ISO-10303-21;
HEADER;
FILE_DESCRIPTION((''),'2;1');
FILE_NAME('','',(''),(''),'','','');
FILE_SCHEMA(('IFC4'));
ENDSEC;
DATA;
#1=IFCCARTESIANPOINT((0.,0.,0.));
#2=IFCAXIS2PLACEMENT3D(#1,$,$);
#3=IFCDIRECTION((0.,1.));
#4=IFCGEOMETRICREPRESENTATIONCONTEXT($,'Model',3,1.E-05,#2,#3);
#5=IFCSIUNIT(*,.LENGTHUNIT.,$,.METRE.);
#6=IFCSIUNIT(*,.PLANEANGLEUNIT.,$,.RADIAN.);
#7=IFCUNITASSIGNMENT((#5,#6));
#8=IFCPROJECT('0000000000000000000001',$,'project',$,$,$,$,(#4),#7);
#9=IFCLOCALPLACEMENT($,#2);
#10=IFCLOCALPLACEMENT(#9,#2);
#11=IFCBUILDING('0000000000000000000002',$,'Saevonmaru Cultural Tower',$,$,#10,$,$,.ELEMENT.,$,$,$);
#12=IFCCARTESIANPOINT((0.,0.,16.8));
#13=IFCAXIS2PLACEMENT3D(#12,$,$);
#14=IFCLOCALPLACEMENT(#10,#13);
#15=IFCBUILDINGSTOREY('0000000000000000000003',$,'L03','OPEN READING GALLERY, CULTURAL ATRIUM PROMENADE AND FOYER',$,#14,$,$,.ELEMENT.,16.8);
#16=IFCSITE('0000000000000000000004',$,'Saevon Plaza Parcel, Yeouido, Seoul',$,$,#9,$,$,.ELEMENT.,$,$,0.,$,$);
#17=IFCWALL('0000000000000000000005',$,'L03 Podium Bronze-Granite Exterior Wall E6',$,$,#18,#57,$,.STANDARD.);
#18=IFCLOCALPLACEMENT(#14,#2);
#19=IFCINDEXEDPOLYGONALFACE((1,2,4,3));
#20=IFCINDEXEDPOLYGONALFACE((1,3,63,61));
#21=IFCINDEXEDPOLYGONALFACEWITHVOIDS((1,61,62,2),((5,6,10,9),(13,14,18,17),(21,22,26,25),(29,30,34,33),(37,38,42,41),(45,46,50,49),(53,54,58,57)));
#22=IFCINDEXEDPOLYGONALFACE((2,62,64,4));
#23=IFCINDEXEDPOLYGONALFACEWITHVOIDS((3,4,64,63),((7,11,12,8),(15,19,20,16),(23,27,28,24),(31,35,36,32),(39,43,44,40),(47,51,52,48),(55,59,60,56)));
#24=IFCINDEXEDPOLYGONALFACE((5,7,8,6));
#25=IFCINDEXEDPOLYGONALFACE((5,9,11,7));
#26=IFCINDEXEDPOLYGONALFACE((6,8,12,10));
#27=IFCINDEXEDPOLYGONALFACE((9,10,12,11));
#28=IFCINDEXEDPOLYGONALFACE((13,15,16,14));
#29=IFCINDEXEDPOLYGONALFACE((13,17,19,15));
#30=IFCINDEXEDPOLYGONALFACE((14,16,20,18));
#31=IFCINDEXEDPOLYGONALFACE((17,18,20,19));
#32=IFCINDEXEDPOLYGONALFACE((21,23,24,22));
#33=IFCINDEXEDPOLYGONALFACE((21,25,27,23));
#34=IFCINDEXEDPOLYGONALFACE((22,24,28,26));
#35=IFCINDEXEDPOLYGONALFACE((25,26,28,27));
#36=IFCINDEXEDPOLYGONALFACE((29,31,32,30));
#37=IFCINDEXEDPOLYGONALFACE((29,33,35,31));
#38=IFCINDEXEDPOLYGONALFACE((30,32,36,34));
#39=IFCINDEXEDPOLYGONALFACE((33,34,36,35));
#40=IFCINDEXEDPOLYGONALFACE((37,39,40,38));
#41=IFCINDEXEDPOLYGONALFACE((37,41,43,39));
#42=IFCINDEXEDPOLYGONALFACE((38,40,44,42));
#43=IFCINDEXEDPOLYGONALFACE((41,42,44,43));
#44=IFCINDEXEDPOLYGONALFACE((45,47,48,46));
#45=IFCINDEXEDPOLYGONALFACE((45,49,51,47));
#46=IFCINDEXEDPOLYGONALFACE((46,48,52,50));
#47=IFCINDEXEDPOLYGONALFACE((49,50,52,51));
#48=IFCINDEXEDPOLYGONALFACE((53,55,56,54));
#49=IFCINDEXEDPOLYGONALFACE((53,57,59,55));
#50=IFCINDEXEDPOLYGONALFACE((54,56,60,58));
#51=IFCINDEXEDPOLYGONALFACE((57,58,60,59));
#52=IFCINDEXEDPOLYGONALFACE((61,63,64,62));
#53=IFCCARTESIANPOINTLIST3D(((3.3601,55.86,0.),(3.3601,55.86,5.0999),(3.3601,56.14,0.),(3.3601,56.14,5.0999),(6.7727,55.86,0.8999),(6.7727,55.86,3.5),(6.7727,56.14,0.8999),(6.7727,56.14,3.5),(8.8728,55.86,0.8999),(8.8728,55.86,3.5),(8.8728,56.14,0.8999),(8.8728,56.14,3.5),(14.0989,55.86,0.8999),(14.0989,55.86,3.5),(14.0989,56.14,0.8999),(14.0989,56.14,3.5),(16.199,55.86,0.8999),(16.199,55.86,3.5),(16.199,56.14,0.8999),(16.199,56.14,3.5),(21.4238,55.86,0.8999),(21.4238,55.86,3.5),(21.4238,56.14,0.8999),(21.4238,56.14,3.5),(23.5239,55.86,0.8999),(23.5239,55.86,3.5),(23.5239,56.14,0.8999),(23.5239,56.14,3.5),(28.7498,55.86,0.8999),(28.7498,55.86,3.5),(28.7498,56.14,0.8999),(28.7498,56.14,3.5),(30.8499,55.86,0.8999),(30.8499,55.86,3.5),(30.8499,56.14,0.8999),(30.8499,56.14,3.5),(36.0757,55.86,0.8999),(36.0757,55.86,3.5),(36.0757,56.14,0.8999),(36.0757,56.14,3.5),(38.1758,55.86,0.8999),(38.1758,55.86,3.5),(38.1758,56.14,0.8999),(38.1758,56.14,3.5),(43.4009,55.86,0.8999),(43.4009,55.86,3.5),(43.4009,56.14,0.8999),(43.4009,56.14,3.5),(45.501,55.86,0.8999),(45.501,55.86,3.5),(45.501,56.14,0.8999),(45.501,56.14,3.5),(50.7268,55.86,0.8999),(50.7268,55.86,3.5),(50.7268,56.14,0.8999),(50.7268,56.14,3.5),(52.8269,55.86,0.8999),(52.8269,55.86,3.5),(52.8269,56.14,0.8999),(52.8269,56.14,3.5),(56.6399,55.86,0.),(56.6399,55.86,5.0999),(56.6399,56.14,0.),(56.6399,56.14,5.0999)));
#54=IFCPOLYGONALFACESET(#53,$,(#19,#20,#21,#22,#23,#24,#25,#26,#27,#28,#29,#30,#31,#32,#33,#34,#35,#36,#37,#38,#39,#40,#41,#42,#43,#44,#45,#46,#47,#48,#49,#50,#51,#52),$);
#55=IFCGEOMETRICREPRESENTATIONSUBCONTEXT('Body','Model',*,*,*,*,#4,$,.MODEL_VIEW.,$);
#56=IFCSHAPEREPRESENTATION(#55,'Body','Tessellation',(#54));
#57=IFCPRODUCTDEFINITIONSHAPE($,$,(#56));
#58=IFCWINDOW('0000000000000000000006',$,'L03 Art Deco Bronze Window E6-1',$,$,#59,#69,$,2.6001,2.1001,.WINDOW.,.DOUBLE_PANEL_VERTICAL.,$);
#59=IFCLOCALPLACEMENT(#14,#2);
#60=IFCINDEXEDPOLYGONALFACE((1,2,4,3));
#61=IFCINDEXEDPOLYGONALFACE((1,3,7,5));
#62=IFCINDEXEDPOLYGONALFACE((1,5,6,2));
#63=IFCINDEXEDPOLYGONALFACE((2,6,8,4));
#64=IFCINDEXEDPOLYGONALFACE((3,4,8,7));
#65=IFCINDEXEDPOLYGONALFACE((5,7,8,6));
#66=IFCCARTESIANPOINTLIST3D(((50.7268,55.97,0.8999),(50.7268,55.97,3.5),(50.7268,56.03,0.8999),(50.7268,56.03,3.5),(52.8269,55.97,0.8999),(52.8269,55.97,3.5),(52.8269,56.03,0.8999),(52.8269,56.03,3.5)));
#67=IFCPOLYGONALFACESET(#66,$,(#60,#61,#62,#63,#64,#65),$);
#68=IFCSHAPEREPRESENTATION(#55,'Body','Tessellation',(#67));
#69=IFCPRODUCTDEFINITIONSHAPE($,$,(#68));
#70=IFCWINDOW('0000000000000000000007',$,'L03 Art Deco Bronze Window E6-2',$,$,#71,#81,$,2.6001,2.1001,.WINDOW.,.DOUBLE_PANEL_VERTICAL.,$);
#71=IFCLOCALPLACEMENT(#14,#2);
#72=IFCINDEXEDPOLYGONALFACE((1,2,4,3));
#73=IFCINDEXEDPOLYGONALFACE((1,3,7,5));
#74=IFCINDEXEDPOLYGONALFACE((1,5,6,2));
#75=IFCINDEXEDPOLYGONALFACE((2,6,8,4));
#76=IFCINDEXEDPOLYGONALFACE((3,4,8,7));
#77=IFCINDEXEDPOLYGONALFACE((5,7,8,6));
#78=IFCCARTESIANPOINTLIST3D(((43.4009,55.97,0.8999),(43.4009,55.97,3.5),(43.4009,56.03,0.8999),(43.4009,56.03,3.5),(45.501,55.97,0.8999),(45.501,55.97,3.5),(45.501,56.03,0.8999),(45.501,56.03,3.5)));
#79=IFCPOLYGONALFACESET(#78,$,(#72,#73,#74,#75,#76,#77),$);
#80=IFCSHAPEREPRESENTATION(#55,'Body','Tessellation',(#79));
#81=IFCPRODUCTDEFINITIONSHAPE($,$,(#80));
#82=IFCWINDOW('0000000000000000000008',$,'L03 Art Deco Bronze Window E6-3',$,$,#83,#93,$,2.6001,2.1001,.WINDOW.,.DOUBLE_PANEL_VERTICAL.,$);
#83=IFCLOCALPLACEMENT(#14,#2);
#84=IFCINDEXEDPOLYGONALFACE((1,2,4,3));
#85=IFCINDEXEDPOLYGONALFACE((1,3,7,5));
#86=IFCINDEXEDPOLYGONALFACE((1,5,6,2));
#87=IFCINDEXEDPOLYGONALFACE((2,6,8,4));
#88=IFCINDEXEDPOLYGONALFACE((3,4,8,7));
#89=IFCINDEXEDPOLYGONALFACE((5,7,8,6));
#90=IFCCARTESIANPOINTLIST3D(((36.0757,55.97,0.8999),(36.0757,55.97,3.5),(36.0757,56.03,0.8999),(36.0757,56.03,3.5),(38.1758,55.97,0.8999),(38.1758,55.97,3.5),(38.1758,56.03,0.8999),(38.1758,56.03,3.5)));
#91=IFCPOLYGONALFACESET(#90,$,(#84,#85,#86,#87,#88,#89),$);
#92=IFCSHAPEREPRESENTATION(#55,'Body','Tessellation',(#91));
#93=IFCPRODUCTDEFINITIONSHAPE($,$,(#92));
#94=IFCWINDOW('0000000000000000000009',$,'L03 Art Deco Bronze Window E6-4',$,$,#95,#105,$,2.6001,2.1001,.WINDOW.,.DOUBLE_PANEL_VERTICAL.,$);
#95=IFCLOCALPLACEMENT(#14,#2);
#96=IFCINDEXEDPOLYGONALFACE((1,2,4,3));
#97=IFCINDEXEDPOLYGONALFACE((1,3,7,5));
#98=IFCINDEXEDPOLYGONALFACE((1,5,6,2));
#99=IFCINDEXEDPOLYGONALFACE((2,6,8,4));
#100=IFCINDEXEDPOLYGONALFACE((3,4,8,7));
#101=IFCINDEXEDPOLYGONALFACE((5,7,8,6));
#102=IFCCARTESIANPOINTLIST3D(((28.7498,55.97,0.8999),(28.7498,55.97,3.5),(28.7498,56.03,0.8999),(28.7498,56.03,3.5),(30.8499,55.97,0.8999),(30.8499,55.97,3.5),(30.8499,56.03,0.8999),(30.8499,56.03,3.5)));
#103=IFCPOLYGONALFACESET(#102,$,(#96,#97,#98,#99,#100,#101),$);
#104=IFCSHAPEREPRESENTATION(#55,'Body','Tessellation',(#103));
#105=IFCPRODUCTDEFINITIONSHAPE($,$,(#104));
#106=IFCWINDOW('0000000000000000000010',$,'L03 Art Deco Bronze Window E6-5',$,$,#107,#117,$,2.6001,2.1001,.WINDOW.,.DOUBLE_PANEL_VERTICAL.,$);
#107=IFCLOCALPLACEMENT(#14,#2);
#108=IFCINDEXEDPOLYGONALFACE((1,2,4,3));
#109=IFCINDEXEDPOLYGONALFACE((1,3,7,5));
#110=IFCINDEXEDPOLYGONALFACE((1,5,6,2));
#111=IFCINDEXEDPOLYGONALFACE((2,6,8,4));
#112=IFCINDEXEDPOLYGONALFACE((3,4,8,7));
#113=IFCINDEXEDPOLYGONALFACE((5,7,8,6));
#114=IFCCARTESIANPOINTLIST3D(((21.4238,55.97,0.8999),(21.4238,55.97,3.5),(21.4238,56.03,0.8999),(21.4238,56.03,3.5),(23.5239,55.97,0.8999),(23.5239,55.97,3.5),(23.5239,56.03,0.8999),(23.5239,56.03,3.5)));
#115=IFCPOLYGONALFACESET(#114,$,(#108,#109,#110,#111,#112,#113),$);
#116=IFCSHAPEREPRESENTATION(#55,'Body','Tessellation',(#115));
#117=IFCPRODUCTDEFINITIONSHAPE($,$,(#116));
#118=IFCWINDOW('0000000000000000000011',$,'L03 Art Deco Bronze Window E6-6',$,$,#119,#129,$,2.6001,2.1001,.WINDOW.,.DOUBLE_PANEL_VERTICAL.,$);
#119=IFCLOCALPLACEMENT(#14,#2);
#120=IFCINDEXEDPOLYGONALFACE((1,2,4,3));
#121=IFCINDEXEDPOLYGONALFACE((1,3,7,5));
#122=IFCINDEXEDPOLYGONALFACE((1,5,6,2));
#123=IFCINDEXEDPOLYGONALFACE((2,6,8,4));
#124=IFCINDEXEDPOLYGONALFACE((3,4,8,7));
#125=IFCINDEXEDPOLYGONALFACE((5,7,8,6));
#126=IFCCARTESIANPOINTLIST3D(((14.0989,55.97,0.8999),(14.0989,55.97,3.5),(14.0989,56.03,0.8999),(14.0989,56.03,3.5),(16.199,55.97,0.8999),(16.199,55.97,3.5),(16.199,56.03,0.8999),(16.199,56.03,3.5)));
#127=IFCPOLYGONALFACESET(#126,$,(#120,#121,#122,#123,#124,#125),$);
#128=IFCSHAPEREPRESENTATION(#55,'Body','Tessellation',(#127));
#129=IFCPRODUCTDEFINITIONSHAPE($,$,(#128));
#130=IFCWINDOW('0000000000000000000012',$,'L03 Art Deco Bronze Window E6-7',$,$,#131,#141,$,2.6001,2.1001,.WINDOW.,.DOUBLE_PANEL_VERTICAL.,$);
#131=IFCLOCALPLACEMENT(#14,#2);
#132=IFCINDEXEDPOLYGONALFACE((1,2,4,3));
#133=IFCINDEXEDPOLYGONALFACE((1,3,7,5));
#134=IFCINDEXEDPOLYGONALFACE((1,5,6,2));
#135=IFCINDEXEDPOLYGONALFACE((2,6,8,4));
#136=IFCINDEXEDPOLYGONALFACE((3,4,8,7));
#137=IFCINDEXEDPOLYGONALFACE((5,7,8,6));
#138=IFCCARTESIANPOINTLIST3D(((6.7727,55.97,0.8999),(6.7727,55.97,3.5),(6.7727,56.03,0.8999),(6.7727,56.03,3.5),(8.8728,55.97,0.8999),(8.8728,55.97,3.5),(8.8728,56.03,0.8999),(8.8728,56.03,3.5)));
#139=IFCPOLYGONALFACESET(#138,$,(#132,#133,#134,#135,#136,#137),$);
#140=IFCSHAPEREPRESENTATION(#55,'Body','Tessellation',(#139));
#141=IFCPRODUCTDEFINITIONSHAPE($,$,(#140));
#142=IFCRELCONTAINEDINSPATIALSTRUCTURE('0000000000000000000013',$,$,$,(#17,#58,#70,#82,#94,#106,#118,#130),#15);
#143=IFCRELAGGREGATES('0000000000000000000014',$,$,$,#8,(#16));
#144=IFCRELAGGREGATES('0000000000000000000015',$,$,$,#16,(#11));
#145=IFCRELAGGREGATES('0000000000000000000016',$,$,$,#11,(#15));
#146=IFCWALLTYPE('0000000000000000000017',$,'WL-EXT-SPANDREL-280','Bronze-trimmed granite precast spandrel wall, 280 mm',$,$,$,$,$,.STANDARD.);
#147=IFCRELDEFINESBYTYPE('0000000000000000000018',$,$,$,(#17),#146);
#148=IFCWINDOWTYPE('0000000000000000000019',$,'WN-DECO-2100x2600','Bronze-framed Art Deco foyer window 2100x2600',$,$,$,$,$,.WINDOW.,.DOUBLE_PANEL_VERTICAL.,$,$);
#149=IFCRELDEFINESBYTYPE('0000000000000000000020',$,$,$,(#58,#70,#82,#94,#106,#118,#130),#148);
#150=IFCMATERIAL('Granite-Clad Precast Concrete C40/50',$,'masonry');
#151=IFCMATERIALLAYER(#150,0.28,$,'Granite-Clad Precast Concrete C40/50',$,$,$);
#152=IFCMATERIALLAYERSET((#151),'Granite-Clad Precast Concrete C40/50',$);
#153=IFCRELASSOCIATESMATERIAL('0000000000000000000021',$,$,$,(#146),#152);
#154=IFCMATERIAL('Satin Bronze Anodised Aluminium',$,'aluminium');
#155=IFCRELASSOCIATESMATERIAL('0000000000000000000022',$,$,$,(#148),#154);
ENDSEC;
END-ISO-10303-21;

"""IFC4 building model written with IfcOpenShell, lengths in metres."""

from ifc_helpers import new_model, si_unit, direction, frame, frame_2d, origin, place, context, subcontext, project, spatial, rectangle, extrude, material, layer, layer_set, type_object, element, fill, save


model = new_model("IFC4")

# Units and contexts
model_context = context("Model", 3, precision=1e-05, world=origin(), true_north=direction((0.0, 1.0)))
body_context = subcontext(model_context, "Body", "Model", "MODEL_VIEW")
ifc_project = project(units=[si_unit("LENGTHUNIT", "METRE"), si_unit("PLANEANGLEUNIT", "RADIAN")], contexts=[model_context])

# Site, building, storey
site_placement = place(None, origin())
site = spatial("IfcSite", under=ifc_project, at=site_placement, Name="Saevon Plaza Parcel, Yeouido, Seoul", CompositionType="ELEMENT", RefElevation=0.0)
building_placement = place(site_placement, origin())
building = spatial("IfcBuilding", under=site, at=building_placement, Name="Saevonmaru Cultural Tower", CompositionType="ELEMENT")
storey_placement = place(building_placement, frame((0.0, 0.0, 16.8)))
storey = spatial("IfcBuildingStorey", under=building, at=storey_placement, Name="L03", Description="OPEN READING GALLERY, CULTURAL ATRIUM PROMENADE AND FOYER", CompositionType="ELEMENT", Elevation=16.8)

# Shared definitions
ifc_material_1 = material(Name="Satin Bronze Anodised Aluminium", Category="aluminium")

# Shared definitions
ifc_material_2 = material(Name="Granite-Clad Precast Concrete C40/50", Category="masonry")

# Wall, openings, windows
ifc_layer_1 = layer(ifc_material_2, 0.28, Name="Granite-Clad Precast Concrete C40/50")
ifc_layer_set_1 = layer_set([ifc_layer_1], Name="Granite-Clad Precast Concrete C40/50")
wall_type_1 = type_object("IfcWallType", Name="WL-EXT-SPANDREL-280", Description="Bronze-trimmed granite precast spandrel wall, 280 mm", PredefinedType="STANDARD", material=ifc_layer_set_1)
wall_1_placement = place(storey_placement, frame((56.6399, 56.0, 0.0), z_axis=(0.0, 0.0, 1.0), x_axis=(-1.0, 0.0, 0.0)))
wall_1 = element("IfcWall", 1, at=wall_1_placement, inside=storey, type_object=wall_type_1, Name="L03 Podium Bronze-Granite Exterior Wall E6", PredefinedType="STANDARD", context=body_context, shape_type="SweptSolid", body=[
    extrude(rectangle(XDim=53.2798, YDim=0.28, at=frame_2d((26.6399, 0.0))), origin(), (0.0, 0.0, 1.0), 5.0999),
])
opening_1_placement = place(wall_1_placement, frame((3.813, 0.0, 0.8999)))
opening_1 = element("IfcOpeningElement", 2, at=opening_1_placement, cuts=wall_1, PredefinedType="OPENING", context=body_context, shape_type="SweptSolid", body=[
    extrude(rectangle(XDim=2.1001, YDim=2.6001, at=frame_2d((1.05, 1.3))), frame((0.0, 0.1499, 0.0), z_axis=(0.0, -1.0, 0.0), x_axis=(1.0, 0.0, 0.0)), (0.0, 0.0, 1.0), 0.3),
])
opening_2_placement = place(wall_1_placement, frame((11.1389, 0.0, 0.8999)))
opening_2 = element("IfcOpeningElement", 3, at=opening_2_placement, cuts=wall_1, PredefinedType="OPENING", context=body_context, shape_type="SweptSolid", body=[
    extrude(rectangle(XDim=2.1001, YDim=2.6001, at=frame_2d((1.05, 1.3))), frame((0.0, 0.1499, 0.0), z_axis=(0.0, -1.0, 0.0), x_axis=(1.0, 0.0, 0.0)), (0.0, 0.0, 1.0), 0.3),
])
opening_3_placement = place(wall_1_placement, frame((18.4641, 0.0, 0.8999)))
opening_3 = element("IfcOpeningElement", 4, at=opening_3_placement, cuts=wall_1, PredefinedType="OPENING", context=body_context, shape_type="SweptSolid", body=[
    extrude(rectangle(XDim=2.1001, YDim=2.6001, at=frame_2d((1.05, 1.3))), frame((0.0, 0.1499, 0.0), z_axis=(0.0, -1.0, 0.0), x_axis=(1.0, 0.0, 0.0)), (0.0, 0.0, 1.0), 0.3),
])
opening_4_placement = place(wall_1_placement, frame((25.79, 0.0, 0.8999)))
opening_4 = element("IfcOpeningElement", 5, at=opening_4_placement, cuts=wall_1, PredefinedType="OPENING", context=body_context, shape_type="SweptSolid", body=[
    extrude(rectangle(XDim=2.1001, YDim=2.6001, at=frame_2d((1.05, 1.3))), frame((0.0, 0.1499, 0.0), z_axis=(0.0, -1.0, 0.0), x_axis=(1.0, 0.0, 0.0)), (0.0, 0.0, 1.0), 0.3),
])
opening_5_placement = place(wall_1_placement, frame((33.116, 0.0, 0.8999)))
opening_5 = element("IfcOpeningElement", 6, at=opening_5_placement, cuts=wall_1, PredefinedType="OPENING", context=body_context, shape_type="SweptSolid", body=[
    extrude(rectangle(XDim=2.1001, YDim=2.6001, at=frame_2d((1.05, 1.3))), frame((0.0, 0.1499, 0.0), z_axis=(0.0, -1.0, 0.0), x_axis=(1.0, 0.0, 0.0)), (0.0, 0.0, 1.0), 0.3),
])
opening_6_placement = place(wall_1_placement, frame((40.4409, 0.0, 0.8999)))
opening_6 = element("IfcOpeningElement", 7, at=opening_6_placement, cuts=wall_1, PredefinedType="OPENING", context=body_context, shape_type="SweptSolid", body=[
    extrude(rectangle(XDim=2.1001, YDim=2.6001, at=frame_2d((1.05, 1.3))), frame((0.0, 0.1499, 0.0), z_axis=(0.0, -1.0, 0.0), x_axis=(1.0, 0.0, 0.0)), (0.0, 0.0, 1.0), 0.3),
])
opening_7_placement = place(wall_1_placement, frame((47.7671, 0.0, 0.8999)))
opening_7 = element("IfcOpeningElement", 8, at=opening_7_placement, cuts=wall_1, PredefinedType="OPENING", context=body_context, shape_type="SweptSolid", body=[
    extrude(rectangle(XDim=2.1001, YDim=2.6001, at=frame_2d((1.05, 1.3))), frame((0.0, 0.1499, 0.0), z_axis=(0.0, -1.0, 0.0), x_axis=(1.0, 0.0, 0.0)), (0.0, 0.0, 1.0), 0.3),
])
window_type_1 = type_object("IfcWindowType", Name="WN-DECO-2100x2600", Description="Bronze-framed Art Deco foyer window 2100x2600", PartitioningType="DOUBLE_PANEL_VERTICAL", PredefinedType="WINDOW", material=ifc_material_1)
window_1_placement = place(opening_1_placement, origin())
window_1 = element("IfcWindow", 9, at=window_1_placement, inside=storey, type_object=window_type_1, Name="L03 Art Deco Bronze Window E6-1", OverallHeight=2.6001, OverallWidth=2.1001, PartitioningType="DOUBLE_PANEL_VERTICAL", PredefinedType="WINDOW", context=body_context, shape_type="SweptSolid", body=[
    extrude(rectangle(XDim=2.1001, YDim=2.6001, at=frame_2d((1.05, 1.3))), frame((0.0, 0.03, 0.0), z_axis=(0.0, -1.0, 0.0), x_axis=(1.0, 0.0, 0.0)), (0.0, 0.0, 1.0), 0.0601),
])
fill(opening_1, window_1)
window_2_placement = place(opening_2_placement, origin())
window_2 = element("IfcWindow", 10, at=window_2_placement, inside=storey, type_object=window_type_1, Name="L03 Art Deco Bronze Window E6-2", OverallHeight=2.6001, OverallWidth=2.1001, PartitioningType="DOUBLE_PANEL_VERTICAL", PredefinedType="WINDOW", context=body_context, shape_type="SweptSolid", body=[
    extrude(rectangle(XDim=2.1001, YDim=2.6001, at=frame_2d((1.05, 1.3))), frame((0.0, 0.03, 0.0), z_axis=(0.0, -1.0, 0.0), x_axis=(1.0, 0.0, 0.0)), (0.0, 0.0, 1.0), 0.0601),
])
fill(opening_2, window_2)
window_3_placement = place(opening_3_placement, origin())
window_3 = element("IfcWindow", 11, at=window_3_placement, inside=storey, type_object=window_type_1, Name="L03 Art Deco Bronze Window E6-3", OverallHeight=2.6001, OverallWidth=2.1001, PartitioningType="DOUBLE_PANEL_VERTICAL", PredefinedType="WINDOW", context=body_context, shape_type="SweptSolid", body=[
    extrude(rectangle(XDim=2.1001, YDim=2.6001, at=frame_2d((1.05, 1.3))), frame((0.0, 0.03, 0.0), z_axis=(0.0, -1.0, 0.0), x_axis=(1.0, 0.0, 0.0)), (0.0, 0.0, 1.0), 0.0601),
])
fill(opening_3, window_3)
window_4_placement = place(opening_4_placement, origin())
window_4 = element("IfcWindow", 12, at=window_4_placement, inside=storey, type_object=window_type_1, Name="L03 Art Deco Bronze Window E6-4", OverallHeight=2.6001, OverallWidth=2.1001, PartitioningType="DOUBLE_PANEL_VERTICAL", PredefinedType="WINDOW", context=body_context, shape_type="SweptSolid", body=[
    extrude(rectangle(XDim=2.1001, YDim=2.6001, at=frame_2d((1.05, 1.3))), frame((0.0, 0.03, 0.0), z_axis=(0.0, -1.0, 0.0), x_axis=(1.0, 0.0, 0.0)), (0.0, 0.0, 1.0), 0.0601),
])
fill(opening_4, window_4)
window_5_placement = place(opening_5_placement, origin())
window_5 = element("IfcWindow", 13, at=window_5_placement, inside=storey, type_object=window_type_1, Name="L03 Art Deco Bronze Window E6-5", OverallHeight=2.6001, OverallWidth=2.1001, PartitioningType="DOUBLE_PANEL_VERTICAL", PredefinedType="WINDOW", context=body_context, shape_type="SweptSolid", body=[
    extrude(rectangle(XDim=2.1001, YDim=2.6001, at=frame_2d((1.05, 1.3))), frame((0.0, 0.03, 0.0), z_axis=(0.0, -1.0, 0.0), x_axis=(1.0, 0.0, 0.0)), (0.0, 0.0, 1.0), 0.0601),
])
fill(opening_5, window_5)
window_6_placement = place(opening_6_placement, origin())
window_6 = element("IfcWindow", 14, at=window_6_placement, inside=storey, type_object=window_type_1, Name="L03 Art Deco Bronze Window E6-6", OverallHeight=2.6001, OverallWidth=2.1001, PartitioningType="DOUBLE_PANEL_VERTICAL", PredefinedType="WINDOW", context=body_context, shape_type="SweptSolid", body=[
    extrude(rectangle(XDim=2.1001, YDim=2.6001, at=frame_2d((1.05, 1.3))), frame((0.0, 0.03, 0.0), z_axis=(0.0, -1.0, 0.0), x_axis=(1.0, 0.0, 0.0)), (0.0, 0.0, 1.0), 0.0601),
])
fill(opening_6, window_6)
window_7_placement = place(opening_7_placement, origin())
window_7 = element("IfcWindow", 15, at=window_7_placement, inside=storey, type_object=window_type_1, Name="L03 Art Deco Bronze Window E6-7", OverallHeight=2.6001, OverallWidth=2.1001, PartitioningType="DOUBLE_PANEL_VERTICAL", PredefinedType="WINDOW", context=body_context, shape_type="SweptSolid", body=[
    extrude(rectangle(XDim=2.1001, YDim=2.6001, at=frame_2d((1.05, 1.3))), frame((0.0, 0.03, 0.0), z_axis=(0.0, -1.0, 0.0), x_axis=(1.0, 0.0, 0.0)), (0.0, 0.0, 1.0), 0.0601),
])
fill(opening_7, window_7)

save(model, "model.ifc")
